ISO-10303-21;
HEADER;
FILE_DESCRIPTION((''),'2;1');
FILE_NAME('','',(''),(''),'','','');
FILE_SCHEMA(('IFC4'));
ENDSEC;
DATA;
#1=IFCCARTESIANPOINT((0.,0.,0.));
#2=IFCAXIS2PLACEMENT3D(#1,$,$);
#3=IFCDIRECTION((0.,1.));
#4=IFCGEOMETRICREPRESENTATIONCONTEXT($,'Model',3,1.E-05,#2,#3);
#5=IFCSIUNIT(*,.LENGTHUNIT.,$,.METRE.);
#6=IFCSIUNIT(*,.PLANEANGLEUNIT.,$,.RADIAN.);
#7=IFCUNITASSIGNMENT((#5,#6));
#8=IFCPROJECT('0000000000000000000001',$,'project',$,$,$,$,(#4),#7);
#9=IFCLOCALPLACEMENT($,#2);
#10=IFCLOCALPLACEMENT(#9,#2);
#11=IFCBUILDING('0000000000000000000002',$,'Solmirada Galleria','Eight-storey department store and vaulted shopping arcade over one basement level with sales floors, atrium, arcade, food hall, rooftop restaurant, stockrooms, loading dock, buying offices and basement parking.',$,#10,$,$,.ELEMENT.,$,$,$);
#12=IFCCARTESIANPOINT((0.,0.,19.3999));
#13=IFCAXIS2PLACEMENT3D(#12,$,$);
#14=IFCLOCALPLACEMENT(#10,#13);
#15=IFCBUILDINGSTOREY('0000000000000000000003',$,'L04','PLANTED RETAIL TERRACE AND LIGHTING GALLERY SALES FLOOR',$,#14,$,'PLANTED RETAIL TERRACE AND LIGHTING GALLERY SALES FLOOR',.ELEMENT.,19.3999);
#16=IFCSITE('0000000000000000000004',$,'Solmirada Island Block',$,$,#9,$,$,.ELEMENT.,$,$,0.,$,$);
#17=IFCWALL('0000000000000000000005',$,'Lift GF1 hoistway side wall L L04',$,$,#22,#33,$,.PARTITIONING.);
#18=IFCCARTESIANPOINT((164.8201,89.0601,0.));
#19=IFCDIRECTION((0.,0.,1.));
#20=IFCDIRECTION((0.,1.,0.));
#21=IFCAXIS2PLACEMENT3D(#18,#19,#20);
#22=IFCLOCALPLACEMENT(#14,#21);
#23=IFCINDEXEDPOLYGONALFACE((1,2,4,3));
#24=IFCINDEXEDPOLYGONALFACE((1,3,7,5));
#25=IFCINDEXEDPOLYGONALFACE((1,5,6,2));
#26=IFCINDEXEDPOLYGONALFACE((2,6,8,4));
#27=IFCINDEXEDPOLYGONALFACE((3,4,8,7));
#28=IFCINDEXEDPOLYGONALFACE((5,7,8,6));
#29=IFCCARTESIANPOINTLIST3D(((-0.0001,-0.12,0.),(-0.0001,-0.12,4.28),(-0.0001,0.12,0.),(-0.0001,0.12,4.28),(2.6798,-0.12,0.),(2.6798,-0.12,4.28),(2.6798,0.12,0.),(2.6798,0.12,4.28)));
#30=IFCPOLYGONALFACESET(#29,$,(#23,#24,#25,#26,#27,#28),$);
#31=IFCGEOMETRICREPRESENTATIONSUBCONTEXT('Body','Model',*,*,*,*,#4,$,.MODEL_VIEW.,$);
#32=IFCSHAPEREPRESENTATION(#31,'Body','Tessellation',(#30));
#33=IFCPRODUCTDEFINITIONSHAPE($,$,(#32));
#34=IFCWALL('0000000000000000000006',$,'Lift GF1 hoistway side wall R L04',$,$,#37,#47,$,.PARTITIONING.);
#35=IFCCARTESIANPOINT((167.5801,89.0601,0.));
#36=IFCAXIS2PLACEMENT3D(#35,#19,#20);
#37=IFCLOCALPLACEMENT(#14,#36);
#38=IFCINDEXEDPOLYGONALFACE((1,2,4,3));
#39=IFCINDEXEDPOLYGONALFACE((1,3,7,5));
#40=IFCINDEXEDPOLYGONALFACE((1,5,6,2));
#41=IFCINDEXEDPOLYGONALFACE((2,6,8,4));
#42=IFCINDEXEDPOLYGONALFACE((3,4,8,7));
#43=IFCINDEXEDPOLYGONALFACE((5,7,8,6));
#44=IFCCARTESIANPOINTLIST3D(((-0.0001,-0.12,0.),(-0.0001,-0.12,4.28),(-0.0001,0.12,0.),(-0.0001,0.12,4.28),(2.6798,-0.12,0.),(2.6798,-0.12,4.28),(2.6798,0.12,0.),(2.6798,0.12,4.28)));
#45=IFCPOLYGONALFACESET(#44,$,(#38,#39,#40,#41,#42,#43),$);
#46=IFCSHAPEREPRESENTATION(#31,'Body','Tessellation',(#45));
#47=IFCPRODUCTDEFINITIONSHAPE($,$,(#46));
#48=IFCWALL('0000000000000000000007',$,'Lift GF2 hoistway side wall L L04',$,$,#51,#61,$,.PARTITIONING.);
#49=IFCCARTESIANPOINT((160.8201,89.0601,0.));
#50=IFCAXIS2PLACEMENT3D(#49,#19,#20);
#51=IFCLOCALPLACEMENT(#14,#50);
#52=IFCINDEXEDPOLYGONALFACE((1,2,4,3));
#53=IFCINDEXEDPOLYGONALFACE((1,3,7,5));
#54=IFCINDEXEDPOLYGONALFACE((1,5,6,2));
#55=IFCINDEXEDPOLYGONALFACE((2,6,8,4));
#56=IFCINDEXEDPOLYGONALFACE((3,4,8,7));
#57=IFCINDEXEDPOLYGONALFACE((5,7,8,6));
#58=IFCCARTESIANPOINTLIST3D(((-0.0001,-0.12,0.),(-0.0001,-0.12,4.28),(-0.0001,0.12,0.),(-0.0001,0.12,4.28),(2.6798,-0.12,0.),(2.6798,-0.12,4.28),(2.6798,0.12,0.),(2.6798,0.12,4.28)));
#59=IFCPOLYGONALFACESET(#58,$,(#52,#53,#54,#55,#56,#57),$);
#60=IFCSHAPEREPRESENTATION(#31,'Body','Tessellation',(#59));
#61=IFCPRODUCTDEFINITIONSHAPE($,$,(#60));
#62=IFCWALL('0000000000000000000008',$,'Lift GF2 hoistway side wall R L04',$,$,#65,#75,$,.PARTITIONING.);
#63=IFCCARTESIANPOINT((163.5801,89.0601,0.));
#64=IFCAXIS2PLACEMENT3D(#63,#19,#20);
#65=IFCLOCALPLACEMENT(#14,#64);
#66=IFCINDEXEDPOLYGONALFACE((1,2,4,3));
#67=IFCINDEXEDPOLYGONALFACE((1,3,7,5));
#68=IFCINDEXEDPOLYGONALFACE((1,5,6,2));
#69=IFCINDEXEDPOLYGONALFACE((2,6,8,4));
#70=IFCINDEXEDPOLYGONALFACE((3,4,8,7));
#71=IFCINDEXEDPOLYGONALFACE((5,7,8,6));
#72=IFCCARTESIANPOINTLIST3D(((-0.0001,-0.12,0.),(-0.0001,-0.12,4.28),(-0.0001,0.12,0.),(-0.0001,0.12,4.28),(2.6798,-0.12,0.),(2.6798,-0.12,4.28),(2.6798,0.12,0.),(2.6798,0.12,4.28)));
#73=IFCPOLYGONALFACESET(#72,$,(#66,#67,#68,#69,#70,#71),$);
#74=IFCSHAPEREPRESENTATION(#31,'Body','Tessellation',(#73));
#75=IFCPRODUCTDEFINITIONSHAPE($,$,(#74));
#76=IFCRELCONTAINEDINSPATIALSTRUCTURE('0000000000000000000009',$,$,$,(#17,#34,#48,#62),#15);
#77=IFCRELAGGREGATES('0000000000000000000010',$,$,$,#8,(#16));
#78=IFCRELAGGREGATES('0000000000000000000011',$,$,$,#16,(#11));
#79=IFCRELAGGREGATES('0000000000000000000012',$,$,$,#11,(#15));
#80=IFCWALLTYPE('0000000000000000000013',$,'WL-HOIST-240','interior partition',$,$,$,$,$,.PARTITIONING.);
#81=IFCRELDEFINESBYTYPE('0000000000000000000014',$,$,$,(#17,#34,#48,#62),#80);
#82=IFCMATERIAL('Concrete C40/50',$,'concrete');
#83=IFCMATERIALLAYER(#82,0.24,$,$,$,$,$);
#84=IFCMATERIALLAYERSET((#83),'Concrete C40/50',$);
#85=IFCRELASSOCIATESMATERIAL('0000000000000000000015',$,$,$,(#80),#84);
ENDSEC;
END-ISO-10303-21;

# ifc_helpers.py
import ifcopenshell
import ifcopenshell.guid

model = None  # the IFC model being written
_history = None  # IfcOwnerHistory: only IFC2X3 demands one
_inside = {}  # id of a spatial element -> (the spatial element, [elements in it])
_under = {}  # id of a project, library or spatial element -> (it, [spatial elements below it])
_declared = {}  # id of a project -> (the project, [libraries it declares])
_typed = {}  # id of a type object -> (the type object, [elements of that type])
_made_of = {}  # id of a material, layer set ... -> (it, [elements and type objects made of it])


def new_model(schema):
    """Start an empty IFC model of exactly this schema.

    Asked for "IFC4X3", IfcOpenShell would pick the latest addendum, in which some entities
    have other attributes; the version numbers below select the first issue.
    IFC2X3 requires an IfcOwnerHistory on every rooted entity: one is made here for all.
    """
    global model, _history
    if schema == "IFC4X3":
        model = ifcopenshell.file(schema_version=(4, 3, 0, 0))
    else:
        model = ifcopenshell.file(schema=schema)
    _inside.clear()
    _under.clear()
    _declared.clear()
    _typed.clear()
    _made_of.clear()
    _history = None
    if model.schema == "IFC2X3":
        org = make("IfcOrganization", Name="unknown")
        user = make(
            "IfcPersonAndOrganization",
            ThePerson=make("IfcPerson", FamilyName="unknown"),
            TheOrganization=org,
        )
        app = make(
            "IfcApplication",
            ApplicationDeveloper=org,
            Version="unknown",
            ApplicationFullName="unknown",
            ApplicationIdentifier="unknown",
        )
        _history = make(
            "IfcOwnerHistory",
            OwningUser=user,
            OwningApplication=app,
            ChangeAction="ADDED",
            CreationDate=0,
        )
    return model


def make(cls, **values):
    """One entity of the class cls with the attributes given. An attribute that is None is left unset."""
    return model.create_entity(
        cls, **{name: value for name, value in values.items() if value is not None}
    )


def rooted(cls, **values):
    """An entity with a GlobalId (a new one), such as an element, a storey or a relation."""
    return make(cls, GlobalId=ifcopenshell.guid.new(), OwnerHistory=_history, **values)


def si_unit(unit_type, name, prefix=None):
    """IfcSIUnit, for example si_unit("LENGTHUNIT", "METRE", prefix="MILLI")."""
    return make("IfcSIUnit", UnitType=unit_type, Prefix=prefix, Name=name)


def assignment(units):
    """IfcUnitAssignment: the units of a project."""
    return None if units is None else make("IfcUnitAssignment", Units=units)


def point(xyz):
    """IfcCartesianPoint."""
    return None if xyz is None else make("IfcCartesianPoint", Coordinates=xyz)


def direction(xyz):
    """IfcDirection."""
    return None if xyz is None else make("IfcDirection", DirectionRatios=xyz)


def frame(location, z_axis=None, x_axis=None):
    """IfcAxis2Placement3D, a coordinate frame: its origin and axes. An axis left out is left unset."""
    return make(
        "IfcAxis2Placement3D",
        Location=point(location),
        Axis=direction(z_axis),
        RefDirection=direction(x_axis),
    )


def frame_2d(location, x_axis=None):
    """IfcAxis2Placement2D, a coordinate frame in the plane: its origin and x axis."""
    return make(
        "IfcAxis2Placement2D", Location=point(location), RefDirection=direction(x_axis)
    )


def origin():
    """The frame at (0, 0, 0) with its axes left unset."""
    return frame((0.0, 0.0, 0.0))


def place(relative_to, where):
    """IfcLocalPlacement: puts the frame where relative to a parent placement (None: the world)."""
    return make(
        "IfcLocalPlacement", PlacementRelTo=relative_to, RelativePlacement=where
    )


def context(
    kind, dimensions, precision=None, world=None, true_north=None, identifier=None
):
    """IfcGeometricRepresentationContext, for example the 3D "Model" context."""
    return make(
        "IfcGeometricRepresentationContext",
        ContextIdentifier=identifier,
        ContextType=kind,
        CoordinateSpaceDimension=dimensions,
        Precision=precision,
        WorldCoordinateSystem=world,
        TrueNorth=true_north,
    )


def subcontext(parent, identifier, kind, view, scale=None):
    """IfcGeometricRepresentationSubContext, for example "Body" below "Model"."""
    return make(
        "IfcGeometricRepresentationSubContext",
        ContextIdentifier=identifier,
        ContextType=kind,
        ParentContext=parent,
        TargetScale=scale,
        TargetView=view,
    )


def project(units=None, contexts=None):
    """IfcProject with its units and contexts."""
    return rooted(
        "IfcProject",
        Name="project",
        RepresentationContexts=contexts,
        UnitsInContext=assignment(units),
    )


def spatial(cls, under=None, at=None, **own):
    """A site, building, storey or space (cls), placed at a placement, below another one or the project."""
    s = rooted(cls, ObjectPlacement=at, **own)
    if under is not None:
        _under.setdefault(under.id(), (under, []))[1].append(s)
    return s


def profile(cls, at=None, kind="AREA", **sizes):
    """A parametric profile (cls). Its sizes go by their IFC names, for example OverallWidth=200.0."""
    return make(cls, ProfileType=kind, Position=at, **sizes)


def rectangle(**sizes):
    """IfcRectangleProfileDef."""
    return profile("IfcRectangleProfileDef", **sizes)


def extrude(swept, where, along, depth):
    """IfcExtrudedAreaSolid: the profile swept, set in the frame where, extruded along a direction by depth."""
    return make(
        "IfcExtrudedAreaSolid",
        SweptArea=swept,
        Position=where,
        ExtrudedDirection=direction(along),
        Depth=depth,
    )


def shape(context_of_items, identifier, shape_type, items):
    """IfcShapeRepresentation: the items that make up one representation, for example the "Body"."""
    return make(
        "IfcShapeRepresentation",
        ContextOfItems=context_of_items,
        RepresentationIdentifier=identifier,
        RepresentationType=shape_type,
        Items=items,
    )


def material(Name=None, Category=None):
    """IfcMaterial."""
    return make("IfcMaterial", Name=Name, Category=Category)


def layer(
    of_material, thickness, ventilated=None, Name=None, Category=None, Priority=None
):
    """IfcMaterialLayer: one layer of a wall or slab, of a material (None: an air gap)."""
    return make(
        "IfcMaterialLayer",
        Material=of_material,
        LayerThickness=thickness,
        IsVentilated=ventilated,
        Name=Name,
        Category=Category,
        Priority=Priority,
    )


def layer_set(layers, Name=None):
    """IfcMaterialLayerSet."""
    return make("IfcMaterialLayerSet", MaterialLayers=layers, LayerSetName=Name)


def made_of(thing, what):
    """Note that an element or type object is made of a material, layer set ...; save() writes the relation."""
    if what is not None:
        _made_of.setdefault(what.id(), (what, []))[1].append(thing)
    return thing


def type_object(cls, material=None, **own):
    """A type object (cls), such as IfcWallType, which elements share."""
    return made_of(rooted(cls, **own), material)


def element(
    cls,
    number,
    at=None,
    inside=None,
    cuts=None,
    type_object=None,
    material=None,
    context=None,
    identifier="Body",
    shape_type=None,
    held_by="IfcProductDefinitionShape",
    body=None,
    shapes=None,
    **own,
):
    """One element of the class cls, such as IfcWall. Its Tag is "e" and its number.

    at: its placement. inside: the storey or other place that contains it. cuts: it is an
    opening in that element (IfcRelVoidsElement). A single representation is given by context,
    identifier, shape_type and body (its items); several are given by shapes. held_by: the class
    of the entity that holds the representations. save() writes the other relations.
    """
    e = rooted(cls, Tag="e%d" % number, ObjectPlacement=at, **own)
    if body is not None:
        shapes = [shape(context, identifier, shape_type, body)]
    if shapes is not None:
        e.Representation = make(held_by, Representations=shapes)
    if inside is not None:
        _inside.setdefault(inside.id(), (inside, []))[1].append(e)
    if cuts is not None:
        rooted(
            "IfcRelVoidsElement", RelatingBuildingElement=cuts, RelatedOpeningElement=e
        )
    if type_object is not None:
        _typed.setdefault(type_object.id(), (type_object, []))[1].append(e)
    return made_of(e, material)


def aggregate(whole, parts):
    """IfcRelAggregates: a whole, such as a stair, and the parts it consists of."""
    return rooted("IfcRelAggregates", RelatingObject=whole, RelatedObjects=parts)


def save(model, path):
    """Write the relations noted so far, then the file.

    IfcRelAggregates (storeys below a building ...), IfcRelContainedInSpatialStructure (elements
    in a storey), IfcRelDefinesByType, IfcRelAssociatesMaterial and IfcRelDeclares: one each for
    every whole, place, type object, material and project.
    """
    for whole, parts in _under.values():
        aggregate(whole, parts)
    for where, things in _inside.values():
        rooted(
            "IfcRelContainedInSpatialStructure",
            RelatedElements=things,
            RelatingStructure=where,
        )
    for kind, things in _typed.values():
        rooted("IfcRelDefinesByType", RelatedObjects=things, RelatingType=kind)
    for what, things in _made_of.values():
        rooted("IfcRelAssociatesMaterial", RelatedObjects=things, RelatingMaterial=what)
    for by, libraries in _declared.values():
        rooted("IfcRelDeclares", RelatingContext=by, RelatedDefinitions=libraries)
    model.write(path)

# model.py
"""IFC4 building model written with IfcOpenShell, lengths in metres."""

from ifc_helpers import new_model, si_unit, direction, frame, frame_2d, origin, place, context, subcontext, project, spatial, rectangle, extrude, material, layer, layer_set, type_object, element, save


model = new_model("IFC4")

# Units and contexts
model_context = context("Model", 3, precision=1e-05, world=origin(), true_north=direction((0.0, 1.0)))
body_context = subcontext(model_context, "Body", "Model", "MODEL_VIEW")
ifc_project = project(units=[si_unit("LENGTHUNIT", "METRE"), si_unit("PLANEANGLEUNIT", "RADIAN")], contexts=[model_context])

# Site, building, storey
site_placement = place(None, origin())
site = spatial("IfcSite", under=ifc_project, at=site_placement, Name="Solmirada Island Block", CompositionType="ELEMENT", RefElevation=0.0)
building_placement = place(site_placement, origin())
building = spatial("IfcBuilding", under=site, at=building_placement, Name="Solmirada Galleria", Description="Eight-storey department store and vaulted shopping arcade over one basement level with sales floors, atrium, arcade, food hall, rooftop restaurant, stockrooms, loading dock, buying offices and basement parking.", CompositionType="ELEMENT")
storey_placement = place(building_placement, frame((0.0, 0.0, 19.3999)))
storey = spatial("IfcBuildingStorey", under=building, at=storey_placement, Name="L04", Description="PLANTED RETAIL TERRACE AND LIGHTING GALLERY SALES FLOOR", LongName="PLANTED RETAIL TERRACE AND LIGHTING GALLERY SALES FLOOR", CompositionType="ELEMENT", Elevation=19.3999)

# Shared definitions
ifc_material_1 = material(Name="Concrete C40/50", Category="concrete")

# Shared definitions
ifc_layer_1 = layer(ifc_material_1, 0.24)
ifc_layer_set_1 = layer_set([ifc_layer_1], Name="Concrete C40/50")
wall_type_1 = type_object("IfcWallType", Name="WL-HOIST-240", Description="interior partition", PredefinedType="PARTITIONING", material=ifc_layer_set_1)

# Walls
for number, where, z_axis, x_axis, name in (
    (1, (164.8201, 89.0601, 0.0), (0.0, 0.0, 1.0), (0.0, 1.0, 0.0), "Lift GF1 hoistway side wall L L04"),
    (2, (167.5801, 89.0601, 0.0), (0.0, 0.0, 1.0), (0.0, 1.0, 0.0), "Lift GF1 hoistway side wall R L04"),
):
    element("IfcWall", number, at=place(storey_placement, frame(where, z_axis=z_axis, x_axis=x_axis)), inside=storey, type_object=wall_type_1, Name=name, PredefinedType="PARTITIONING", context=body_context, shape_type="SweptSolid", body=[
        extrude(rectangle(XDim=2.6799, YDim=0.24, at=frame_2d((1.3398, 0.0))), origin(), (0.0, 0.0, 1.0), 4.28),
    ])

# Walls
for number, where, z_axis, x_axis, name in (
    (3, (160.8201, 89.0601, 0.0), (0.0, 0.0, 1.0), (0.0, 1.0, 0.0), "Lift GF2 hoistway side wall L L04"),
    (4, (163.5801, 89.0601, 0.0), (0.0, 0.0, 1.0), (0.0, 1.0, 0.0), "Lift GF2 hoistway side wall R L04"),
):
    element("IfcWall", number, at=place(storey_placement, frame(where, z_axis=z_axis, x_axis=x_axis)), inside=storey, type_object=wall_type_1, Name=name, PredefinedType="PARTITIONING", context=body_context, shape_type="SweptSolid", body=[
        extrude(rectangle(XDim=2.6799, YDim=0.24, at=frame_2d((1.3398, 0.0))), origin(), (0.0, 0.0, 1.0), 4.28),
    ])

save(model, "model.ifc")
